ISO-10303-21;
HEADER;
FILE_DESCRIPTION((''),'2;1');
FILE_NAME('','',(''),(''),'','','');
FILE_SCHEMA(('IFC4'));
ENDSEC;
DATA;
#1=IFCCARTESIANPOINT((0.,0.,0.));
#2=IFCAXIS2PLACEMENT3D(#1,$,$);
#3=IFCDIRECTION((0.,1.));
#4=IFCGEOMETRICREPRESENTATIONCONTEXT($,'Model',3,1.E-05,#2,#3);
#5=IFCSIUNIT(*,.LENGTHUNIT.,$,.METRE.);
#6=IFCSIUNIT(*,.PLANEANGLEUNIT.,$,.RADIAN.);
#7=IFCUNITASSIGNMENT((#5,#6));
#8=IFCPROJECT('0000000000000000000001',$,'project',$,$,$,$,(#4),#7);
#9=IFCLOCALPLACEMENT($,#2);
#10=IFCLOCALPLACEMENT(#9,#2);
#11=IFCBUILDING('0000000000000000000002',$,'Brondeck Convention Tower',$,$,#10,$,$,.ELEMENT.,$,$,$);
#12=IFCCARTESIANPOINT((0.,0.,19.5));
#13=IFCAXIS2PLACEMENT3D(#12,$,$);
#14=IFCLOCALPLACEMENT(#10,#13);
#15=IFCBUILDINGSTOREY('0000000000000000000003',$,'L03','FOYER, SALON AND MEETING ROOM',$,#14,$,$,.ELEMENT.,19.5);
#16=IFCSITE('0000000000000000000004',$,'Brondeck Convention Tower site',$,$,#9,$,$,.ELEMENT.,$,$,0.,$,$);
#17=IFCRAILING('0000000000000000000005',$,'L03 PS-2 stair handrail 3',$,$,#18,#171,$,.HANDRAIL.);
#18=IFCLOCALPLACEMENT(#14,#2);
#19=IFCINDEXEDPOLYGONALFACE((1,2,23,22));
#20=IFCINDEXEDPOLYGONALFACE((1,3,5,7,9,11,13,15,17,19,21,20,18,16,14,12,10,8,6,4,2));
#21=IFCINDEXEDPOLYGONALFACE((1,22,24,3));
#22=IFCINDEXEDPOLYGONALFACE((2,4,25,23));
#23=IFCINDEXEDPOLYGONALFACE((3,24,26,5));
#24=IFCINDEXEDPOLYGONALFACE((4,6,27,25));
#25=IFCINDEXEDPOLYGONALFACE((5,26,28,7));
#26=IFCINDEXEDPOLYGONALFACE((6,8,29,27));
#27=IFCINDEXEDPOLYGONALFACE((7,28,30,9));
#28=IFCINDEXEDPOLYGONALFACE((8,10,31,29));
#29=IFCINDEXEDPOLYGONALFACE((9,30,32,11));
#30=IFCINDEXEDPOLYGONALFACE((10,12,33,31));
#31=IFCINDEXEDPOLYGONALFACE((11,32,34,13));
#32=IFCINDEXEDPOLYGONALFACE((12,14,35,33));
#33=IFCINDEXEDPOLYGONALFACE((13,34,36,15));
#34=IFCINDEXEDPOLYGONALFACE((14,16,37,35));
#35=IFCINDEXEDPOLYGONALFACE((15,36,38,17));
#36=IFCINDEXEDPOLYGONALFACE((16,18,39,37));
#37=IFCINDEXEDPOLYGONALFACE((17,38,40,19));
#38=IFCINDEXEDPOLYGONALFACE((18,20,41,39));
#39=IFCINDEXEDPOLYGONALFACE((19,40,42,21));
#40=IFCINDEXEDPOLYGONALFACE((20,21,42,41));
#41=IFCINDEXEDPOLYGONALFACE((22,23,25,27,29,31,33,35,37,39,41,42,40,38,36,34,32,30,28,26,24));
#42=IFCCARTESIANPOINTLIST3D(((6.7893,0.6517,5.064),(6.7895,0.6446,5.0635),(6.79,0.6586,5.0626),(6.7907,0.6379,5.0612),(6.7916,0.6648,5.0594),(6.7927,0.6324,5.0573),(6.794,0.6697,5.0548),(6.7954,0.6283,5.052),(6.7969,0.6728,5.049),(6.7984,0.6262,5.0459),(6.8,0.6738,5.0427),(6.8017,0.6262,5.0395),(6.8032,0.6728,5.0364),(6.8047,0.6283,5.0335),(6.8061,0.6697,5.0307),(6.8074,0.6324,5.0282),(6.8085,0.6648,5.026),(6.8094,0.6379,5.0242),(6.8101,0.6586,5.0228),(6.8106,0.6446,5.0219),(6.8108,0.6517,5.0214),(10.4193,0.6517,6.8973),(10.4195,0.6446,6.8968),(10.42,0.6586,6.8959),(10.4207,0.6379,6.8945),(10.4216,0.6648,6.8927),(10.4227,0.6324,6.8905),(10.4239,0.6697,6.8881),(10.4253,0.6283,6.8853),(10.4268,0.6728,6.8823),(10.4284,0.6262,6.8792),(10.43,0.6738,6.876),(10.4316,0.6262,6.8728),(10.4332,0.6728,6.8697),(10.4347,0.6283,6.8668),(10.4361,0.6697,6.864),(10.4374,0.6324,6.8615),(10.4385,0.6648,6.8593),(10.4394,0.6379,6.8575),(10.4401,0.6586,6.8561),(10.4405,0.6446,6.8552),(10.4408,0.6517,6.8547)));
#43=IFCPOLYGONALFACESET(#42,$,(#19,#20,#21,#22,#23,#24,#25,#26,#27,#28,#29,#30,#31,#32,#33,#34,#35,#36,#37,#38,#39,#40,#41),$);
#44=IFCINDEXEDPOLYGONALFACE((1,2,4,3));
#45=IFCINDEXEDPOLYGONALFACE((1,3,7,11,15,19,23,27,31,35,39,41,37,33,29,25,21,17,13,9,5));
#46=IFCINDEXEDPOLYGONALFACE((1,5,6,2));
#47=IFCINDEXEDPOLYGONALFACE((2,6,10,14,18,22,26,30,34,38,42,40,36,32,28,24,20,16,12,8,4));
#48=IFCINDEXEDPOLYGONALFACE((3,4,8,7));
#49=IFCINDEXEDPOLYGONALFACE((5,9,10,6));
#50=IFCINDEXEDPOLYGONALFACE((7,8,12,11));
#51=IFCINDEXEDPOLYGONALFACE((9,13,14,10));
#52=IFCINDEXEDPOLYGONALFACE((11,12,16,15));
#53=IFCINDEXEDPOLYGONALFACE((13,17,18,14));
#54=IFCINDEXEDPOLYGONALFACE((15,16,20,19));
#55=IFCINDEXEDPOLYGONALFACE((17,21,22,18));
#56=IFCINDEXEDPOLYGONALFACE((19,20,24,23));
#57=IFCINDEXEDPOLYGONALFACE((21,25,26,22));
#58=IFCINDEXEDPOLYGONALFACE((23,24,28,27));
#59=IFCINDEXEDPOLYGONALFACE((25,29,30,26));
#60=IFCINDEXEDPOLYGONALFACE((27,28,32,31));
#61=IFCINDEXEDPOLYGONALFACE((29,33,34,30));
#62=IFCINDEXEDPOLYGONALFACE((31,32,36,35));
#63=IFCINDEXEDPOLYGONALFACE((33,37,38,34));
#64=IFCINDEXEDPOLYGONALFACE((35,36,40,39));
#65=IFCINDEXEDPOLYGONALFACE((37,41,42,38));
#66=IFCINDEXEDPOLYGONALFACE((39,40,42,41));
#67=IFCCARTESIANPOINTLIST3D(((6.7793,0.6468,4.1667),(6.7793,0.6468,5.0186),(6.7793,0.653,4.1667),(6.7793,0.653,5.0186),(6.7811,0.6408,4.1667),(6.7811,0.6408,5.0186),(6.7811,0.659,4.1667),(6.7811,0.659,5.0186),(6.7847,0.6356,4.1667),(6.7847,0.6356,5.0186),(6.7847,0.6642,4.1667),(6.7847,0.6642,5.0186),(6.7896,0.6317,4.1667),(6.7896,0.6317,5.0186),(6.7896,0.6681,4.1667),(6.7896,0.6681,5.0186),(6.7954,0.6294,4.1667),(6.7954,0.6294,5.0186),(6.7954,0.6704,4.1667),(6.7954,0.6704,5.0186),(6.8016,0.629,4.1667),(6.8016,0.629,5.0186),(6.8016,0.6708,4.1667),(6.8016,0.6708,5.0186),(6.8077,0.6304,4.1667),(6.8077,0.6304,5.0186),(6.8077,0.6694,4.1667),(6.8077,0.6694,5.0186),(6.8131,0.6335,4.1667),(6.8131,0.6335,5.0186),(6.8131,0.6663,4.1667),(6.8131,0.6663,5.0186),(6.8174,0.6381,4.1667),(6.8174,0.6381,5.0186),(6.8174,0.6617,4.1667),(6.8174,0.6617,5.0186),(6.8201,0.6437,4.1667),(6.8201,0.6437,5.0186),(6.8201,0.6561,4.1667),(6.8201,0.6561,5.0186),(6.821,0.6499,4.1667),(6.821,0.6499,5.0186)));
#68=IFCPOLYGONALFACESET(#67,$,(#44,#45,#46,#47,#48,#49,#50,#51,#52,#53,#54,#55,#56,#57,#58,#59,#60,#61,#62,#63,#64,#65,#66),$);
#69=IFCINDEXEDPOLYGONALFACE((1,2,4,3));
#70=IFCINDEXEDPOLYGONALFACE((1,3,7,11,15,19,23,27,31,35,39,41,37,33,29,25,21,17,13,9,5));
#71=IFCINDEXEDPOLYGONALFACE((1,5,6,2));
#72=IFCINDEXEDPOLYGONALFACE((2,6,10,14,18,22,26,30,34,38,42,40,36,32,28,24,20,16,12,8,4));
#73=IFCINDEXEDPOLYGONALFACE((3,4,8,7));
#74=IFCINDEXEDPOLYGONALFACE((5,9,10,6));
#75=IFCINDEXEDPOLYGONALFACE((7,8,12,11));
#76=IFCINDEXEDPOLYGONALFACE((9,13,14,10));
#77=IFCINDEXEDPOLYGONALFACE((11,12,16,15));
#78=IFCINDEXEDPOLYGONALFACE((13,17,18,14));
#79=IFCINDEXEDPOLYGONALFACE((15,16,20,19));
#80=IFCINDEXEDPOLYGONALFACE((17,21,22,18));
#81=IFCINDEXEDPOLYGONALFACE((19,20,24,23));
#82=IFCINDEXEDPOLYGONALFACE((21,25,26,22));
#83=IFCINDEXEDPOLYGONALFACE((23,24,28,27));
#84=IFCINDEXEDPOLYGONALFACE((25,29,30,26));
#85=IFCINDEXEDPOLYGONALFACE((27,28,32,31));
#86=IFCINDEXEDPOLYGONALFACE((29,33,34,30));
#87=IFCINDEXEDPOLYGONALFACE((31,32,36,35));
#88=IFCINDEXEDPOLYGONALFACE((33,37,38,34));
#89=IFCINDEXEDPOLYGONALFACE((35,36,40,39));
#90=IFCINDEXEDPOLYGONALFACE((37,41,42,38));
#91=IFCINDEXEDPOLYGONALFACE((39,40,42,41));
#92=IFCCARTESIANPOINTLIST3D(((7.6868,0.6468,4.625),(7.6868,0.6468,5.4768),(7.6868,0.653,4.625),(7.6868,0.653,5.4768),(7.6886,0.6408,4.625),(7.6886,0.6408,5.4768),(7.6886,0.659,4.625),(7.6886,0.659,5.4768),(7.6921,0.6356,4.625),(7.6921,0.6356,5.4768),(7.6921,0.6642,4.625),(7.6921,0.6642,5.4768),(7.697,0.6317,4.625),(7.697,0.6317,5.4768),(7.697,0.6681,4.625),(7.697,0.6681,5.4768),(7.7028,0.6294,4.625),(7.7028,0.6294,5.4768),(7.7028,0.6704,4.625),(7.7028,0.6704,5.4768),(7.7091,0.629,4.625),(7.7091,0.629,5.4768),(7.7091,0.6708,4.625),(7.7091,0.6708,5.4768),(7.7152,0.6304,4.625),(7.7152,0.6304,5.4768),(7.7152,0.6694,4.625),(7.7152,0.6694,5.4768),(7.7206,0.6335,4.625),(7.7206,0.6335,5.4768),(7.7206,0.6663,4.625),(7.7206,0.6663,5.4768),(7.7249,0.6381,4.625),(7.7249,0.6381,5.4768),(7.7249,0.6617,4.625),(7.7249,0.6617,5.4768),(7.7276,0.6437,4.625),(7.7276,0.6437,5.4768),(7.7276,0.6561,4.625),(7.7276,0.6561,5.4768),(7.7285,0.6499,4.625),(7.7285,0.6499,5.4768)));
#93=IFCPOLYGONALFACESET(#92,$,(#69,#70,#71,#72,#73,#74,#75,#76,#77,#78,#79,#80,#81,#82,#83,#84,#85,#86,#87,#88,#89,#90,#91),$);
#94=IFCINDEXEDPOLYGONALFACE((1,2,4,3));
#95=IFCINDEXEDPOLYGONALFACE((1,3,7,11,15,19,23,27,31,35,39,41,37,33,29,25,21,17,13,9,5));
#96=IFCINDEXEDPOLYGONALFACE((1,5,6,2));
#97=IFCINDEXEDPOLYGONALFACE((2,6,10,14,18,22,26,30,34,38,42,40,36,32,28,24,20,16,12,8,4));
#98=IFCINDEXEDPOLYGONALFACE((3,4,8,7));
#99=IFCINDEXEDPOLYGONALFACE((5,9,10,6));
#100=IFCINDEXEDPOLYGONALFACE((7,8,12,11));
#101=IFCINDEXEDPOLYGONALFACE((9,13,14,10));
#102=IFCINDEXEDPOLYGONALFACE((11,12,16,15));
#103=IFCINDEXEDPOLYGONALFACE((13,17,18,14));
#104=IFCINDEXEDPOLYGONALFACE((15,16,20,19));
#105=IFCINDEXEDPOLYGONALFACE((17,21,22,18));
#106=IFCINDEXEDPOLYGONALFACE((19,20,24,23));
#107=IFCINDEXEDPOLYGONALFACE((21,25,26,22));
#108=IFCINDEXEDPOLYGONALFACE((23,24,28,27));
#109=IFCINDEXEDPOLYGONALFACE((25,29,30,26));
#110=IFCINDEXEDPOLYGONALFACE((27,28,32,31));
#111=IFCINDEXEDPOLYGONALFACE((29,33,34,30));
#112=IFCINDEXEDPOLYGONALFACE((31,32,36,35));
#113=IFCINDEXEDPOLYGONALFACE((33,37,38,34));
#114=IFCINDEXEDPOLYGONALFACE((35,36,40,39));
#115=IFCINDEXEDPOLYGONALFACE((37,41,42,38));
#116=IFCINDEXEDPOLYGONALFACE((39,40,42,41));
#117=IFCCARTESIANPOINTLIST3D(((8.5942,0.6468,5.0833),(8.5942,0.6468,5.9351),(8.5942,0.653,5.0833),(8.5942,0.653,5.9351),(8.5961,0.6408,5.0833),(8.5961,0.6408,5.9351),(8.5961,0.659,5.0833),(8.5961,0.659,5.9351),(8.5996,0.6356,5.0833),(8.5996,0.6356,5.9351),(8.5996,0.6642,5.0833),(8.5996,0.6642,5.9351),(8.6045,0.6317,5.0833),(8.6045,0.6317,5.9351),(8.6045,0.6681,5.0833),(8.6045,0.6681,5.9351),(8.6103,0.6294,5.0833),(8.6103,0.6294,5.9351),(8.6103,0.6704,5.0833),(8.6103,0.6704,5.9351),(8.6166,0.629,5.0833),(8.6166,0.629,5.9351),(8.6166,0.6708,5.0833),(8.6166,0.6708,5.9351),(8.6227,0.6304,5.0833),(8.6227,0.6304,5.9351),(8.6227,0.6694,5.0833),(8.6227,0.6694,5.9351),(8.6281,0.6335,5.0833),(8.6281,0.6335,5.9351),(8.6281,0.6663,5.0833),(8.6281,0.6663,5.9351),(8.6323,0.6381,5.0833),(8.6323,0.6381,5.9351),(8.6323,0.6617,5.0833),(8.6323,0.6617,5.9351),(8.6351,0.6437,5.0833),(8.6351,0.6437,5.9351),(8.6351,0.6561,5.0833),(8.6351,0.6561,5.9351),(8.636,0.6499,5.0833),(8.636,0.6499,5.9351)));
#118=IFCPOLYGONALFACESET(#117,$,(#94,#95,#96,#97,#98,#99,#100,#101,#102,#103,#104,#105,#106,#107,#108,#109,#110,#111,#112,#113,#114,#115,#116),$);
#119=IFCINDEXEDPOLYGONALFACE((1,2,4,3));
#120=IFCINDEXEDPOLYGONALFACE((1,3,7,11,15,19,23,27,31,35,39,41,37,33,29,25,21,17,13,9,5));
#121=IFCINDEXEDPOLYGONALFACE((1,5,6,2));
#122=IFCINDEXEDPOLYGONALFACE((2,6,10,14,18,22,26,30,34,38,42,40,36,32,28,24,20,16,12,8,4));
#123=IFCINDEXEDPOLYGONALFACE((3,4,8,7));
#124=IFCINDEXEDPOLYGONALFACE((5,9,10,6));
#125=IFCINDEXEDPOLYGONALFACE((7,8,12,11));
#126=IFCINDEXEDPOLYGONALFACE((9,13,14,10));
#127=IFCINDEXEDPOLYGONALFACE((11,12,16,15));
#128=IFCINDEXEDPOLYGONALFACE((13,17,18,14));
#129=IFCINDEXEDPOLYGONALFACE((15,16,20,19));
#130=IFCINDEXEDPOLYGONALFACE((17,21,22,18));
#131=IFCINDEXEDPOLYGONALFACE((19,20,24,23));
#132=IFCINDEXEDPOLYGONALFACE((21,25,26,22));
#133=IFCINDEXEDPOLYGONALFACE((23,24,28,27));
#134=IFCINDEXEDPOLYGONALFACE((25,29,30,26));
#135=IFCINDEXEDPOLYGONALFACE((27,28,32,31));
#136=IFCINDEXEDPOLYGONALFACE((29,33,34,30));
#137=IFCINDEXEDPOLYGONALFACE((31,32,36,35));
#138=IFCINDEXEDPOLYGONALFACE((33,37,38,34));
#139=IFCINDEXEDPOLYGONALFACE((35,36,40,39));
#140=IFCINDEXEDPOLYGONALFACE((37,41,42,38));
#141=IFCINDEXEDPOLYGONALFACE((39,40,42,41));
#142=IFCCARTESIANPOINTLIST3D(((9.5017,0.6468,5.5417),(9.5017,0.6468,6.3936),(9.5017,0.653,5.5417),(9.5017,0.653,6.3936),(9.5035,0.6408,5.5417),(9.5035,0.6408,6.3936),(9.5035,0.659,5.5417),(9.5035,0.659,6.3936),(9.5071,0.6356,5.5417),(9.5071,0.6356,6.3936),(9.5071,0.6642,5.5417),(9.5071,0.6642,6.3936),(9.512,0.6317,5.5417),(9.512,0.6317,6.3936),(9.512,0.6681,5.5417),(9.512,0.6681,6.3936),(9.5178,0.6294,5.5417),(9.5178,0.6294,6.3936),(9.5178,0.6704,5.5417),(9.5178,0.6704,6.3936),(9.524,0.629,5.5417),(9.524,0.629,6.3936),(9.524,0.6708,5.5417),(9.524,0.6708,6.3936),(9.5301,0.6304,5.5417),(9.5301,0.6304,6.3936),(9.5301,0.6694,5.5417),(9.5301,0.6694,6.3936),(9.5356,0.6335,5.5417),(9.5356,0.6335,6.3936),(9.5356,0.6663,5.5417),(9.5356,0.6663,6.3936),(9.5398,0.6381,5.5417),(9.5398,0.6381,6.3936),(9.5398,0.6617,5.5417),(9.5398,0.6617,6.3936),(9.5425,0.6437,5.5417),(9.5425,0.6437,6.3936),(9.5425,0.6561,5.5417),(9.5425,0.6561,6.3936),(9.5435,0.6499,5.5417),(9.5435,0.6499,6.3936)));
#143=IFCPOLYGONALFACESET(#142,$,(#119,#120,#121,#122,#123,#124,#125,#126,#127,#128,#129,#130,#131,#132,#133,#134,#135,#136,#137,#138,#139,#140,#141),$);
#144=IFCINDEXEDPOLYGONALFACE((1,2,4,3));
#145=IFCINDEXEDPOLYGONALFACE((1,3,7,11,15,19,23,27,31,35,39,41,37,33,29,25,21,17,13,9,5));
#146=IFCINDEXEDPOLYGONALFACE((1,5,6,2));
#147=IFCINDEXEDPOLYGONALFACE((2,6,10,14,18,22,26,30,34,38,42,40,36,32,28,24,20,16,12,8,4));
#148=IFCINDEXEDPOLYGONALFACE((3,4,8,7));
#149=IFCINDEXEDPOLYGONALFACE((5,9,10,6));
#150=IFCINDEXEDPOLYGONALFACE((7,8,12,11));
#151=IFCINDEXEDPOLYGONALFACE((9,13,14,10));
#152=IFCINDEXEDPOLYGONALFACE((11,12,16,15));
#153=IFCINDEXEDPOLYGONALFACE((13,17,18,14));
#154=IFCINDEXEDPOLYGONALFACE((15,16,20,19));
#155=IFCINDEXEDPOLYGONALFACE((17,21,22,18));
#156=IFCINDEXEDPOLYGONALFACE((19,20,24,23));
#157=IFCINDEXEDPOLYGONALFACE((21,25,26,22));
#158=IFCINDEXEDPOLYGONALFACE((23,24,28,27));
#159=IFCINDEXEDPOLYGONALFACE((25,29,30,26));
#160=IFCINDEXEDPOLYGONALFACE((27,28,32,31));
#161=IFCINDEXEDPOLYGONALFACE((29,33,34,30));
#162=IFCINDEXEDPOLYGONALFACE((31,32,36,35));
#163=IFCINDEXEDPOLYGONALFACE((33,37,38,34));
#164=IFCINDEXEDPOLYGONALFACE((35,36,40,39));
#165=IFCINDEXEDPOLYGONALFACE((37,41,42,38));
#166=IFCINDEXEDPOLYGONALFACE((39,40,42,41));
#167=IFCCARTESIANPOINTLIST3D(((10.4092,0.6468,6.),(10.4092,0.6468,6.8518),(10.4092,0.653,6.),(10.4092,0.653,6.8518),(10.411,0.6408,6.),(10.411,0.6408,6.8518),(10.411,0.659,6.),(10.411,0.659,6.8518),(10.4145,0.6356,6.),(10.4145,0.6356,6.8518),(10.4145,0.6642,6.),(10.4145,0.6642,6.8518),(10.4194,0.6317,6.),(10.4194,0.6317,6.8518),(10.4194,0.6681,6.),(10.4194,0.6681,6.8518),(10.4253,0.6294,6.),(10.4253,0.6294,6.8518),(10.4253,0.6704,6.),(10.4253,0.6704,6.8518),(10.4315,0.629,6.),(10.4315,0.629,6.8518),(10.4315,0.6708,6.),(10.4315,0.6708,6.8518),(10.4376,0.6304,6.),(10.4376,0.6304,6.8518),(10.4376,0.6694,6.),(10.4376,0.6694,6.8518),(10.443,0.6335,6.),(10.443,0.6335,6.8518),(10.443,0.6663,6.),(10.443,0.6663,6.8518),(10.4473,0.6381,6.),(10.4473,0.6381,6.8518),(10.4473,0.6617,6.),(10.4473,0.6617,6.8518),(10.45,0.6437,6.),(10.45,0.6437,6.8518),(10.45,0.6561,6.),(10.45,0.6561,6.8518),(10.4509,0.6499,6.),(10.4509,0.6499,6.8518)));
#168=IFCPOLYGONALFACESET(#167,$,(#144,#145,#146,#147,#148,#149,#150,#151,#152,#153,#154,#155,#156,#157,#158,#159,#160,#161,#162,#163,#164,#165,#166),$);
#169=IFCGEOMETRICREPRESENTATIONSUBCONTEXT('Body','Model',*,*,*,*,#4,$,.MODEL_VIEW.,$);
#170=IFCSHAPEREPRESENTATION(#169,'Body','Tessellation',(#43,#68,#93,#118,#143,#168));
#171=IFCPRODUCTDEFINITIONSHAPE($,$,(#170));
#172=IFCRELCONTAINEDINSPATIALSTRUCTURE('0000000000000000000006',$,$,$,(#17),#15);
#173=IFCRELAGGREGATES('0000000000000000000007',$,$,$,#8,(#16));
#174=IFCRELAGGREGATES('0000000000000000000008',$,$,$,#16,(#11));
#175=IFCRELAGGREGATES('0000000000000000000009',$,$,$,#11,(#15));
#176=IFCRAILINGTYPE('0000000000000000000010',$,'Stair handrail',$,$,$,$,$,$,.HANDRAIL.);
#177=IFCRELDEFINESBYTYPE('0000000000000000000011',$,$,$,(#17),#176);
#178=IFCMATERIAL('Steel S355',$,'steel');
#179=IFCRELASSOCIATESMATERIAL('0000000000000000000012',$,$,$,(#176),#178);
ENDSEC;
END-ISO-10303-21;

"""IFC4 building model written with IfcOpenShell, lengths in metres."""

from ifc_helpers import new_model, si_unit, direction, frame, origin, origin_2d, place, context, subcontext, project, spatial, circle, extrude, material, type_object, element, save


model = new_model("IFC4")

# Units and contexts
model_context = context("Model", 3, precision=1e-05, world=origin(), true_north=direction((0.0, 1.0)))
body_context = subcontext(model_context, "Body", "Model", "MODEL_VIEW")
ifc_project = project(units=[si_unit("LENGTHUNIT", "METRE"), si_unit("PLANEANGLEUNIT", "RADIAN")], contexts=[model_context])

# Site, building, storey
site_placement = place(None, origin())
site = spatial("IfcSite", under=ifc_project, at=site_placement, Name="Brondeck Convention Tower site", CompositionType="ELEMENT", RefElevation=0.0)
building_placement = place(site_placement, origin())
building = spatial("IfcBuilding", under=site, at=building_placement, Name="Brondeck Convention Tower", CompositionType="ELEMENT")
storey_placement = place(building_placement, frame((0.0, 0.0, 19.5)))
storey = spatial("IfcBuildingStorey", under=building, at=storey_placement, Name="L03", Description="FOYER, SALON AND MEETING ROOM", CompositionType="ELEMENT", Elevation=19.5)

# Railing
ifc_material_1 = material(Name="Steel S355", Category="steel")
railing_type_1 = type_object("IfcRailingType", Name="Stair handrail", PredefinedType="HANDRAIL", material=ifc_material_1)
railing_1_placement = place(storey_placement, frame((6.8, 0.6499, 4.1667)))
element("IfcRailing", 1, at=railing_1_placement, inside=storey, type_object=railing_type_1, Name="L03 PS-2 stair handrail 3", PredefinedType="HANDRAIL", context=body_context, shape_type="SweptSolid", body=[
    extrude(circle(Radius=0.0239, at=origin_2d()), frame((0.0, 0.0, 0.876), z_axis=(0.892619, 0.0, 0.450812), x_axis=(0.0, 1.0, 0.0)), (0.0, 0.0, 1.0), 4.0667),
    extrude(circle(Radius=0.021, at=origin_2d()), origin(), (0.0, 0.0, 1.0), 0.8518),
    extrude(circle(Radius=0.021, at=origin_2d()), frame((0.9075, 0.0, 0.4583)), (0.0, 0.0, 1.0), 0.8518),
    extrude(circle(Radius=0.021, at=origin_2d()), frame((1.8149, 0.0, 0.9165)), (0.0, 0.0, 1.0), 0.8518),
    extrude(circle(Radius=0.021, at=origin_2d()), frame((2.7224, 0.0, 1.375)), (0.0, 0.0, 1.0), 0.8518),
    extrude(circle(Radius=0.021, at=origin_2d()), frame((3.6299, 0.0, 1.8333)), (0.0, 0.0, 1.0), 0.8518),
])

save(model, "model.ifc")
